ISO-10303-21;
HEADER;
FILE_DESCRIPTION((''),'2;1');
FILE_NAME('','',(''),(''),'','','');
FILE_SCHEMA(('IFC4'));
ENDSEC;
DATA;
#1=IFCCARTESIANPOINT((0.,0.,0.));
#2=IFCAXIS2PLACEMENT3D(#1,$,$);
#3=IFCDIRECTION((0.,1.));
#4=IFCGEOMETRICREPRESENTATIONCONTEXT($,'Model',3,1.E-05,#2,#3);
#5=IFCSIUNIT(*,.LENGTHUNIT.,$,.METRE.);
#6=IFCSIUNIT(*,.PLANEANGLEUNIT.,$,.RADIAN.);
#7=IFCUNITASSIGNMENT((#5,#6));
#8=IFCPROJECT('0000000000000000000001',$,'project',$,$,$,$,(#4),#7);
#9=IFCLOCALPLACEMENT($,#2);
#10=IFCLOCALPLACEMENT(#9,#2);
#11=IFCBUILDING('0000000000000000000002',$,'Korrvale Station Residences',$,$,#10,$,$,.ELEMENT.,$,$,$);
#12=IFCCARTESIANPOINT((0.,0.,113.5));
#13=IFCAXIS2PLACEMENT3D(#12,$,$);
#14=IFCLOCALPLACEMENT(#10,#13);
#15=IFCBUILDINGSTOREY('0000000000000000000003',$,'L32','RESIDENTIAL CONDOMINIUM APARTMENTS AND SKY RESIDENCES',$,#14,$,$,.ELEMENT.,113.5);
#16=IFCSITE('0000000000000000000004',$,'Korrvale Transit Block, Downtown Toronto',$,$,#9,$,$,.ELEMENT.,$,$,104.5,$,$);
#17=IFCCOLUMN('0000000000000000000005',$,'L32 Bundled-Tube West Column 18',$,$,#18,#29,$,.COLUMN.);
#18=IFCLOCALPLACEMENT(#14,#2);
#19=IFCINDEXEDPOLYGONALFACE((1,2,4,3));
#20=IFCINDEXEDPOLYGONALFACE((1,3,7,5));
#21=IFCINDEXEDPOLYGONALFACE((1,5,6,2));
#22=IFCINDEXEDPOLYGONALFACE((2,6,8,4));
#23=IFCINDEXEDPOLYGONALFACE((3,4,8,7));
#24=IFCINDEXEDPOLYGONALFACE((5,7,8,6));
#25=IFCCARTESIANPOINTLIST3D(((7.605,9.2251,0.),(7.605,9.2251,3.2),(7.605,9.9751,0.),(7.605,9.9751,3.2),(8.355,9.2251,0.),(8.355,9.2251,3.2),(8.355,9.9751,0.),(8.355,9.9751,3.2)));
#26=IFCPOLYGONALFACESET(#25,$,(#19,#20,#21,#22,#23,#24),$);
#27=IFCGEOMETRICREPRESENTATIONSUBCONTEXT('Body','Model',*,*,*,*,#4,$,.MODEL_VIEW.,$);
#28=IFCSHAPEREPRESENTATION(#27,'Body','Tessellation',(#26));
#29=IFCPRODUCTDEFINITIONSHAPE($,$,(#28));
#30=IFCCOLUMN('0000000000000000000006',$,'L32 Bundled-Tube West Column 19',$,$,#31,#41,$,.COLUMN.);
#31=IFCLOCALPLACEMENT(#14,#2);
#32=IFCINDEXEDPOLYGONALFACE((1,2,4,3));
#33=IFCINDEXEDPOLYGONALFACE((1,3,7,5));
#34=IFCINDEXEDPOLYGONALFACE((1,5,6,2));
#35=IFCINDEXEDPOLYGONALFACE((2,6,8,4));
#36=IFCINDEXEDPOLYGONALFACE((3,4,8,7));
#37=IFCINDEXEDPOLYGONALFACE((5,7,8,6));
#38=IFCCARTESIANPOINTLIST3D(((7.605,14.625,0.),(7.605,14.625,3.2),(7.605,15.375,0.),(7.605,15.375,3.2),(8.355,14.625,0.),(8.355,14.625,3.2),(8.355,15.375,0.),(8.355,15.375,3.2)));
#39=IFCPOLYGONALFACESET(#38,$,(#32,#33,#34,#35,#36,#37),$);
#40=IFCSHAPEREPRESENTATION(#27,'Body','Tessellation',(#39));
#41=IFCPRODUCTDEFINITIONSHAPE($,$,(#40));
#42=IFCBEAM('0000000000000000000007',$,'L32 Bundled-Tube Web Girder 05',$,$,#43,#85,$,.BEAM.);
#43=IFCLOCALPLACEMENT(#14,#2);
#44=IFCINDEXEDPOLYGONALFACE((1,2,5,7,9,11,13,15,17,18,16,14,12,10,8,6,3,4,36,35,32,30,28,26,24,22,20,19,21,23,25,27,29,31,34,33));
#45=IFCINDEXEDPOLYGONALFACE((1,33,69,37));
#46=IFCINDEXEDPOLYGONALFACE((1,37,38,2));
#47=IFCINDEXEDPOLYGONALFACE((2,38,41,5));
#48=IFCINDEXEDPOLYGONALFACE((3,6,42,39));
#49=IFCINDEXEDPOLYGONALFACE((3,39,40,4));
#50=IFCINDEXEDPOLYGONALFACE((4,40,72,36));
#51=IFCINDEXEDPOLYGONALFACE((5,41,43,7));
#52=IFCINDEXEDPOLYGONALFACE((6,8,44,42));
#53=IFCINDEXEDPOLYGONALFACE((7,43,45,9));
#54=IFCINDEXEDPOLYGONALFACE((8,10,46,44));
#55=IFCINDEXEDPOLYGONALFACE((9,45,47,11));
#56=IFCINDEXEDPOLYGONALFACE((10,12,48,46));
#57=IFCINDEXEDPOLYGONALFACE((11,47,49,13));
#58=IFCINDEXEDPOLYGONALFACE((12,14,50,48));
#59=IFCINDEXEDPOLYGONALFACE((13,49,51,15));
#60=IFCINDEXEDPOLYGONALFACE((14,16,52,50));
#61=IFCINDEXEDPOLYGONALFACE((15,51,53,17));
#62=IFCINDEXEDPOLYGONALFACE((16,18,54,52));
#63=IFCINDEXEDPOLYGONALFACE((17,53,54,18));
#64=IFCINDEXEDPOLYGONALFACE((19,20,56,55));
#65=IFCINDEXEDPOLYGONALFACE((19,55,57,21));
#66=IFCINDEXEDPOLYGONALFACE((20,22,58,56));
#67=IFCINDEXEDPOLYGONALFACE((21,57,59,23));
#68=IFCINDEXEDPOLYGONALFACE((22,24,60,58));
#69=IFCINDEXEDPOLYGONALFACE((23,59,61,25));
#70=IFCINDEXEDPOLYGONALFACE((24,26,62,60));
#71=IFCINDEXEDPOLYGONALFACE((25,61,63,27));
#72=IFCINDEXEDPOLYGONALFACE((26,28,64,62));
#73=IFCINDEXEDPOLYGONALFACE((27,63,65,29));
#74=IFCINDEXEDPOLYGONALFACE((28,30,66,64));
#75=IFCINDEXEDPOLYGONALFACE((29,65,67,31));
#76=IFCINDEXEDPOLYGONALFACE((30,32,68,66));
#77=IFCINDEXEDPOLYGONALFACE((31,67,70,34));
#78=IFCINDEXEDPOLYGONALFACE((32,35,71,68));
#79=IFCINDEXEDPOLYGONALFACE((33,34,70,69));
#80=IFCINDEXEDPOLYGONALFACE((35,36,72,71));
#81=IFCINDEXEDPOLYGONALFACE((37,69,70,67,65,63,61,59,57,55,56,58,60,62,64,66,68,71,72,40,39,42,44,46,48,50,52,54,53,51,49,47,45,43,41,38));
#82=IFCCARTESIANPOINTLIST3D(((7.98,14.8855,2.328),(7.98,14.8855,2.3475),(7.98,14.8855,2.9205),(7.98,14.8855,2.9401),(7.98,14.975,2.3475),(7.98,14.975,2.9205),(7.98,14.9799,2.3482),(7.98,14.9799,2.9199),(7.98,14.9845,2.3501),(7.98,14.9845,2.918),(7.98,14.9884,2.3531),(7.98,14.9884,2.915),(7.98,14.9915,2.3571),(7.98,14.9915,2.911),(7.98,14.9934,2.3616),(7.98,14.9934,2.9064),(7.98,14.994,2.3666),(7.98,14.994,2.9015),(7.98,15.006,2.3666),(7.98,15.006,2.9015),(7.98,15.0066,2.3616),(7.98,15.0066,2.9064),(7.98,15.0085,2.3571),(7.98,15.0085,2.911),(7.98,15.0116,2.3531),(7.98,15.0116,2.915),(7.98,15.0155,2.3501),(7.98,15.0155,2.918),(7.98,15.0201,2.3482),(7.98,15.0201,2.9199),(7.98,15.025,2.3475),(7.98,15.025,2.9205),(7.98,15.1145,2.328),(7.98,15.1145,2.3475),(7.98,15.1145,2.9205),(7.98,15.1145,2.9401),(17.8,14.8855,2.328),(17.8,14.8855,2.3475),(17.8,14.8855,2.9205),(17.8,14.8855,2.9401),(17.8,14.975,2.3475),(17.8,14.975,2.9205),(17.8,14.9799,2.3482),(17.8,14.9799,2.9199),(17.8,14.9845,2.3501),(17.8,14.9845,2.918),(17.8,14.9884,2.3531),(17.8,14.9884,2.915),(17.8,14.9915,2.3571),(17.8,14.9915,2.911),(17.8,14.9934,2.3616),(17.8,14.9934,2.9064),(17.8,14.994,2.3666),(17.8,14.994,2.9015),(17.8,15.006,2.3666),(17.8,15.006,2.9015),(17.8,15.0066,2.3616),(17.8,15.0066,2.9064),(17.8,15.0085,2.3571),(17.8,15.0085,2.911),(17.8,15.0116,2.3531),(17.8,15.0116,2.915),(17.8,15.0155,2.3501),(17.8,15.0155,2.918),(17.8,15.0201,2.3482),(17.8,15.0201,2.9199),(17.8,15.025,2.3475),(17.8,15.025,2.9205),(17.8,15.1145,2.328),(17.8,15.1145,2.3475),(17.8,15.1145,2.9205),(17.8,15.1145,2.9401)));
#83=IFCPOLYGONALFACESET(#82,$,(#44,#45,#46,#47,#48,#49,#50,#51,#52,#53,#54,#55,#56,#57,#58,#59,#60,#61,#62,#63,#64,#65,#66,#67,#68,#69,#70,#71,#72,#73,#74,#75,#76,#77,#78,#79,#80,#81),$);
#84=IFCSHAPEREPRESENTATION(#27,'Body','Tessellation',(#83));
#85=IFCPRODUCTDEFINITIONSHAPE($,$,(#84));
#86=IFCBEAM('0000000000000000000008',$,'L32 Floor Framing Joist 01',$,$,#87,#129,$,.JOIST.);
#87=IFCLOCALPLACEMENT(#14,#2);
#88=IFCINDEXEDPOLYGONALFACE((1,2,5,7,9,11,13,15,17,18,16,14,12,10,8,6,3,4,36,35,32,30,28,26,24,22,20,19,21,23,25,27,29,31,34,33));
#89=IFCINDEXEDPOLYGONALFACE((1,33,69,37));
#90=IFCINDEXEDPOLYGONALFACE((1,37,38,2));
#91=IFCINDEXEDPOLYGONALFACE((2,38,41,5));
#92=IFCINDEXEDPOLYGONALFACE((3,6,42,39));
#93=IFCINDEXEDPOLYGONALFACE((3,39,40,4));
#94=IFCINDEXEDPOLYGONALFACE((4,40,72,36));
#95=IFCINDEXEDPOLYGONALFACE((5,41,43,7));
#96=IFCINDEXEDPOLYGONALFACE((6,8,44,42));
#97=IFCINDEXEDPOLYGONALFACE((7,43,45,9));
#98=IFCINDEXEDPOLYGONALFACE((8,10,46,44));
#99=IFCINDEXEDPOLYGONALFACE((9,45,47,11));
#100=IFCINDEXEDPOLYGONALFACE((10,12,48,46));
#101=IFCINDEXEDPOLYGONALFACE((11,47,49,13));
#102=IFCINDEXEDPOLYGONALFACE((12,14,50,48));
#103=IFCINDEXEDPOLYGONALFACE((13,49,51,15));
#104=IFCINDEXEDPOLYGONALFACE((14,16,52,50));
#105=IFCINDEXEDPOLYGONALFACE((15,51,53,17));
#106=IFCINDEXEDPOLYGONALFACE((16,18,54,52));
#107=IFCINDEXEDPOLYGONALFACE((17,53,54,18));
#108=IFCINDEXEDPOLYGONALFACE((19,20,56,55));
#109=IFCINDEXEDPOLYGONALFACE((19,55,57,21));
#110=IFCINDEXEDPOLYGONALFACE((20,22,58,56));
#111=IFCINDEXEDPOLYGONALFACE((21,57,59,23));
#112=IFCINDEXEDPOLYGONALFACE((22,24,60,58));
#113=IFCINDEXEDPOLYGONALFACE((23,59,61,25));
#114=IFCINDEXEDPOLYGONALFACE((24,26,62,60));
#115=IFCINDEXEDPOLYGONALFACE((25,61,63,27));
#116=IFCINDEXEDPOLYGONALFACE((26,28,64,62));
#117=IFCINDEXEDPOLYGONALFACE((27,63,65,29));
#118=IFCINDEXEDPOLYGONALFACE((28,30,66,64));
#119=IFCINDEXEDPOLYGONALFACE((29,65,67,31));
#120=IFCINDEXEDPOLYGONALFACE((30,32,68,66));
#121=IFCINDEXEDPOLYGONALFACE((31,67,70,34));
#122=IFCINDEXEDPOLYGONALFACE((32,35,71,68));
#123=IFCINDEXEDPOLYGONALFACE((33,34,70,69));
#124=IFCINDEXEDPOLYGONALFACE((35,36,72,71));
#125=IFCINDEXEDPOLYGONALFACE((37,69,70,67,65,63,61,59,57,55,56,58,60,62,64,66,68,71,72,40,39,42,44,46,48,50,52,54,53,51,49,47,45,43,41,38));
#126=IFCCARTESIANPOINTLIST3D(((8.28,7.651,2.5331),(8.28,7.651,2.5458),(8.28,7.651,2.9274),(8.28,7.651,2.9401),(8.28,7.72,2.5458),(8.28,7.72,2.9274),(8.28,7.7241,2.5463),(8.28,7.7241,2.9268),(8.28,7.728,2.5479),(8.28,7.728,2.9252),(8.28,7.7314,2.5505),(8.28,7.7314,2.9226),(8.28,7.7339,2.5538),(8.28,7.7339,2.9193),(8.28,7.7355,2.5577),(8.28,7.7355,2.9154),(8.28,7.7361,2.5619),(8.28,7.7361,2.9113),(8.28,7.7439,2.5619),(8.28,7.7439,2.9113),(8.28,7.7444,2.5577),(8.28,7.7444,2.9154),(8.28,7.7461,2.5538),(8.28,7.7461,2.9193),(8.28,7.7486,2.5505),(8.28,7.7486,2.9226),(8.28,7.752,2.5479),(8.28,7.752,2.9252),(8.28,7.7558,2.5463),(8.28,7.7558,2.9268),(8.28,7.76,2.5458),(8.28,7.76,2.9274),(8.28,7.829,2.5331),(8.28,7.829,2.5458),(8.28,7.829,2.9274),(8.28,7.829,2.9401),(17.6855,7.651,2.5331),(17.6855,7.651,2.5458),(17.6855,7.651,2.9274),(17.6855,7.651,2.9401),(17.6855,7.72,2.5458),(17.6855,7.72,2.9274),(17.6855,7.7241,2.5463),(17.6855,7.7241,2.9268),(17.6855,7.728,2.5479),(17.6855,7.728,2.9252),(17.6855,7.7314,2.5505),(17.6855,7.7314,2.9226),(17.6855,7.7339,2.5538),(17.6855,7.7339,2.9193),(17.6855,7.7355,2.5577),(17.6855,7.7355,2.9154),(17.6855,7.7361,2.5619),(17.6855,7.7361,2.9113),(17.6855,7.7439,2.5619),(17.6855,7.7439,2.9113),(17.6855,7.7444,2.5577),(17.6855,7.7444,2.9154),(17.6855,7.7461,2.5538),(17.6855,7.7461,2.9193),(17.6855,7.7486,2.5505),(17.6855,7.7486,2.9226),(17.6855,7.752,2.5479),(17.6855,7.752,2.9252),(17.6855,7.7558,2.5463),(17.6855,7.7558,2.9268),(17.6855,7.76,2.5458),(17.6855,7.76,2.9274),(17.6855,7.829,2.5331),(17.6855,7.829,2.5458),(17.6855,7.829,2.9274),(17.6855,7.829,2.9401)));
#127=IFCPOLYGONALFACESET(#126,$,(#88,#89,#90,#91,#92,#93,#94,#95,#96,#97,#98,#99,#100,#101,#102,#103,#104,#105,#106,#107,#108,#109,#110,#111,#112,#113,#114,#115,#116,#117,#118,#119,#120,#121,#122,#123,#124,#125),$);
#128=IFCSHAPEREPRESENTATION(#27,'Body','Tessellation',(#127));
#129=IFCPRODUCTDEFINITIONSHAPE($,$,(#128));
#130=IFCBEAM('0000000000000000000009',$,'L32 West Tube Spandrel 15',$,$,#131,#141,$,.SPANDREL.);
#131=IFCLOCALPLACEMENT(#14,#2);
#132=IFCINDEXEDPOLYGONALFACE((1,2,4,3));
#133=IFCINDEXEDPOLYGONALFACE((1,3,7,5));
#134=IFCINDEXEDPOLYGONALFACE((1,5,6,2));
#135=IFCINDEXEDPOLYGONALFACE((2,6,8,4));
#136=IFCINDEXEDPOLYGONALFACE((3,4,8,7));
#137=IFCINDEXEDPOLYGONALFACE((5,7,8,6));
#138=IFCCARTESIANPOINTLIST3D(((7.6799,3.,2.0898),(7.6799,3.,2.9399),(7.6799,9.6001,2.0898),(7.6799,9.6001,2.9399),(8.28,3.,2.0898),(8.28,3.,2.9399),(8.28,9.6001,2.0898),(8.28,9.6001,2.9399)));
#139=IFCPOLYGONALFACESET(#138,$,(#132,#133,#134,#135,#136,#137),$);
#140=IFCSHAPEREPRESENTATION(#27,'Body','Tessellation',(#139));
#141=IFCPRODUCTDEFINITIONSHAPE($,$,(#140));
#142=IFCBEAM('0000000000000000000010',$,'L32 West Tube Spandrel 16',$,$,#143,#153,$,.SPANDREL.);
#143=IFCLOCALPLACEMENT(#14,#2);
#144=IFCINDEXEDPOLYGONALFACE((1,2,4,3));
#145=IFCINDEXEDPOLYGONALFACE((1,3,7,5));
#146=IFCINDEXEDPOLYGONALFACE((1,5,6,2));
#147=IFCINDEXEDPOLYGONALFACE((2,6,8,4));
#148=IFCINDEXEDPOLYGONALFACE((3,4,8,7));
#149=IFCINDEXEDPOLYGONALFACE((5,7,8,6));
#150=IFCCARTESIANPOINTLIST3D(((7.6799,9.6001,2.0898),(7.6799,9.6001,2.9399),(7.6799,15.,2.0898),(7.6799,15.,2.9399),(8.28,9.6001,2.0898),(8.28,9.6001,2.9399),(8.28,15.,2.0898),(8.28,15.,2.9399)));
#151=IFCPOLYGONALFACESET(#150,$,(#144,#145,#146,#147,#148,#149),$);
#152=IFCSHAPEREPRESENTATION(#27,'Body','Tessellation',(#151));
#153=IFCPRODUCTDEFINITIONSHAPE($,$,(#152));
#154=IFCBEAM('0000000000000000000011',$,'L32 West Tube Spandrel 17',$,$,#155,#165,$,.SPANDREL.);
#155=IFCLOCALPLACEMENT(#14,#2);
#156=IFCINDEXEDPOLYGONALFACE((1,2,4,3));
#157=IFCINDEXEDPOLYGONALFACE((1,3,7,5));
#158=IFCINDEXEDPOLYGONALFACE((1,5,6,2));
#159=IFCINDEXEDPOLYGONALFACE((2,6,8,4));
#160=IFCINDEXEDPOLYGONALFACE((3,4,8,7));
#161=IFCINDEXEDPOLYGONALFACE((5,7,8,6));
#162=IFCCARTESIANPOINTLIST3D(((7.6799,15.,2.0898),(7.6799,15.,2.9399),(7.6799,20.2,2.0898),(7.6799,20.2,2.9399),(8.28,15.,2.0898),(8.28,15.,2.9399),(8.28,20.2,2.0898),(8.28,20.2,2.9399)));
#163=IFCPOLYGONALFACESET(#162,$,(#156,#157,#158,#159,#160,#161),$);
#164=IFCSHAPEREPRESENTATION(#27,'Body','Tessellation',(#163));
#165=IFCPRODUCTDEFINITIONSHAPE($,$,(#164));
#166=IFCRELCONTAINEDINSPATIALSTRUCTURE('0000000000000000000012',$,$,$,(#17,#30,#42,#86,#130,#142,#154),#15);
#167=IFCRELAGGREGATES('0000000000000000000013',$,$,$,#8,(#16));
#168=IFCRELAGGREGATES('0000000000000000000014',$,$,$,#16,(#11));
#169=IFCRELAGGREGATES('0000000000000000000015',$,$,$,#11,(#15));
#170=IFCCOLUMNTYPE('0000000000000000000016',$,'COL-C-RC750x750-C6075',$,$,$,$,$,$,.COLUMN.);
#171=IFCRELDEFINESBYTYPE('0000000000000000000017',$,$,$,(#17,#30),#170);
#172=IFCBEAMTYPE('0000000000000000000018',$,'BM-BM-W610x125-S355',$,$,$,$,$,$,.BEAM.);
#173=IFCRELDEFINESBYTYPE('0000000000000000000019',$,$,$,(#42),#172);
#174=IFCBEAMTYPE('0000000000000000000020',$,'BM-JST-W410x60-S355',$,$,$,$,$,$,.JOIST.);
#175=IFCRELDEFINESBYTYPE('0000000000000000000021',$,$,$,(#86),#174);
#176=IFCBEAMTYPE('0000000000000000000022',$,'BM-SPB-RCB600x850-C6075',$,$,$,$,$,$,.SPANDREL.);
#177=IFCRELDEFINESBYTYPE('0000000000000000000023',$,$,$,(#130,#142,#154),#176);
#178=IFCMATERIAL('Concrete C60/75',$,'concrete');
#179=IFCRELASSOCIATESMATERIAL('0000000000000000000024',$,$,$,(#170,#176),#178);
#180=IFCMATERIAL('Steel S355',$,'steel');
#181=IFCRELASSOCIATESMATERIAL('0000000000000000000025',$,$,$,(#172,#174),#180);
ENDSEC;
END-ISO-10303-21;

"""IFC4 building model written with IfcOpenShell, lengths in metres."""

from ifc_helpers import new_model, si_unit, direction, frame, origin, origin_2d, place, context, subcontext, project, spatial, rectangle, i_section, extrude, material, material_profile, profile_set, type_object, element, save


model = new_model("IFC4")

# Units and contexts
model_context = context("Model", 3, precision=1e-05, world=origin(), true_north=direction((0.0, 1.0)))
body_context = subcontext(model_context, "Body", "Model", "MODEL_VIEW")
ifc_project = project(units=[si_unit("LENGTHUNIT", "METRE"), si_unit("PLANEANGLEUNIT", "RADIAN")], contexts=[model_context])

# Site, building, storey
site_placement = place(None, origin())
site = spatial("IfcSite", under=ifc_project, at=site_placement, Name="Korrvale Transit Block, Downtown Toronto", CompositionType="ELEMENT", RefElevation=104.5)
building_placement = place(site_placement, origin())
building = spatial("IfcBuilding", under=site, at=building_placement, Name="Korrvale Station Residences", CompositionType="ELEMENT")
storey_placement = place(building_placement, frame((0.0, 0.0, 113.5)))
storey = spatial("IfcBuildingStorey", under=building, at=storey_placement, Name="L32", Description="RESIDENTIAL CONDOMINIUM APARTMENTS AND SKY RESIDENCES", CompositionType="ELEMENT", Elevation=113.5)

# Columns
ifc_material_1 = material(Name="Concrete C60/75", Category="concrete")
ifc_material_profile_1 = material_profile(ifc_material_1, rectangle(XDim=0.75, YDim=0.75, at=origin_2d()), Name="RC750x750")
ifc_profile_set_1 = profile_set([ifc_material_profile_1], Name="Concrete C60/75")
column_type = type_object("IfcColumnType", Name="COL-C-RC750x750-C6075", PredefinedType="COLUMN", material=ifc_profile_set_1)
for number, where, z_axis, x_axis, name in (
    (1, (7.98, 9.6001, 0.0), (0.0, 0.0, 1.0), (1.0, 0.0, 0.0), "L32 Bundled-Tube West Column 18"),
    (2, (7.98, 15.0, 0.0), (0.0, 0.0, 1.0), (1.0, 0.0, 0.0), "L32 Bundled-Tube West Column 19"),
):
    element("IfcColumn", number, at=place(storey_placement, frame(where, z_axis=z_axis, x_axis=x_axis)), inside=storey, type_object=column_type, Name=name, PredefinedType="COLUMN", context=body_context, shape_type="SweptSolid", body=[
        extrude(rectangle(XDim=0.75, YDim=0.75, at=origin_2d()), origin(), (0.0, 0.0, 1.0), 3.2),
    ])

# Beams
ifc_material_2 = material(Name="Steel S355", Category="steel")
ifc_material_profile_2 = material_profile(ifc_material_2, i_section(OverallWidth=0.229, OverallDepth=0.6121, WebThickness=0.012, FlangeThickness=0.0195, FilletRadius=0.019, at=origin_2d()), Name="W610x125")
ifc_profile_set_2 = profile_set([ifc_material_profile_2], Name="Steel S355")
beam_type_1 = type_object("IfcBeamType", Name="BM-BM-W610x125-S355", PredefinedType="BEAM", material=ifc_profile_set_2)
beam_1_placement = place(storey_placement, frame((7.98, 15.0, 2.634), z_axis=(1.0, 0.0, 0.0), x_axis=(0.0, 1.0, 0.0)))
element("IfcBeam", 3, at=beam_1_placement, inside=storey, type_object=beam_type_1, Name="L32 Bundled-Tube Web Girder 05", PredefinedType="BEAM", context=body_context, shape_type="SweptSolid", body=[
    extrude(i_section(OverallWidth=0.229, OverallDepth=0.6121, WebThickness=0.012, FlangeThickness=0.0195, FilletRadius=0.019, at=origin_2d()), origin(), (0.0, 0.0, 1.0), 9.8201),
])
ifc_material_profile_3 = material_profile(ifc_material_2, i_section(OverallWidth=0.178, OverallDepth=0.407, WebThickness=0.0078, FlangeThickness=0.0127, FilletRadius=0.0161, at=origin_2d()), Name="W410x60")
ifc_profile_set_3 = profile_set([ifc_material_profile_3], Name="Steel S355")
beam_type_2 = type_object("IfcBeamType", Name="BM-JST-W410x60-S355", PredefinedType="JOIST", material=ifc_profile_set_3)
beam_2_placement = place(storey_placement, frame((8.28, 7.74, 2.7366), z_axis=(1.0, 0.0, 0.0), x_axis=(0.0, 1.0, 0.0)))
element("IfcBeam", 4, at=beam_2_placement, inside=storey, type_object=beam_type_2, Name="L32 Floor Framing Joist 01", PredefinedType="JOIST", context=body_context, shape_type="SweptSolid", body=[
    extrude(i_section(OverallWidth=0.178, OverallDepth=0.407, WebThickness=0.0078, FlangeThickness=0.0127, FilletRadius=0.0161, at=origin_2d()), origin(), (0.0, 0.0, 1.0), 9.4055),
])
ifc_material_profile_4 = material_profile(ifc_material_1, rectangle(XDim=0.6001, YDim=0.8501, at=origin_2d()), Name="RCB600x850")
ifc_profile_set_4 = profile_set([ifc_material_profile_4], Name="Concrete C60/75")
beam_type_3 = type_object("IfcBeamType", Name="BM-SPB-RCB600x850-C6075", PredefinedType="SPANDREL", material=ifc_profile_set_4)
beam_3_placement = place(storey_placement, frame((7.98, 3.0, 2.5149), z_axis=(0.0, 1.0, 0.0), x_axis=(-1.0, 0.0, 0.0)))
element("IfcBeam", 5, at=beam_3_placement, inside=storey, type_object=beam_type_3, Name="L32 West Tube Spandrel 15", PredefinedType="SPANDREL", context=body_context, shape_type="SweptSolid", body=[
    extrude(rectangle(XDim=0.6001, YDim=0.8501, at=origin_2d()), origin(), (0.0, 0.0, 1.0), 6.6001),
])
beam_4_placement = place(storey_placement, frame((7.98, 9.6001, 2.5149), z_axis=(0.0, 1.0, 0.0), x_axis=(-1.0, 0.0, 0.0)))
element("IfcBeam", 6, at=beam_4_placement, inside=storey, type_object=beam_type_3, Name="L32 West Tube Spandrel 16", PredefinedType="SPANDREL", context=body_context, shape_type="SweptSolid", body=[
    extrude(rectangle(XDim=0.6001, YDim=0.8501, at=origin_2d()), origin(), (0.0, 0.0, 1.0), 5.3999),
])
beam_5_placement = place(storey_placement, frame((7.98, 15.0, 2.5149), z_axis=(0.0, 1.0, 0.0), x_axis=(-1.0, 0.0, 0.0)))
element("IfcBeam", 7, at=beam_5_placement, inside=storey, type_object=beam_type_3, Name="L32 West Tube Spandrel 17", PredefinedType="SPANDREL", context=body_context, shape_type="SweptSolid", body=[
    extrude(rectangle(XDim=0.6001, YDim=0.8501, at=origin_2d()), origin(), (0.0, 0.0, 1.0), 5.2),
])

save(model, "model.ifc")
